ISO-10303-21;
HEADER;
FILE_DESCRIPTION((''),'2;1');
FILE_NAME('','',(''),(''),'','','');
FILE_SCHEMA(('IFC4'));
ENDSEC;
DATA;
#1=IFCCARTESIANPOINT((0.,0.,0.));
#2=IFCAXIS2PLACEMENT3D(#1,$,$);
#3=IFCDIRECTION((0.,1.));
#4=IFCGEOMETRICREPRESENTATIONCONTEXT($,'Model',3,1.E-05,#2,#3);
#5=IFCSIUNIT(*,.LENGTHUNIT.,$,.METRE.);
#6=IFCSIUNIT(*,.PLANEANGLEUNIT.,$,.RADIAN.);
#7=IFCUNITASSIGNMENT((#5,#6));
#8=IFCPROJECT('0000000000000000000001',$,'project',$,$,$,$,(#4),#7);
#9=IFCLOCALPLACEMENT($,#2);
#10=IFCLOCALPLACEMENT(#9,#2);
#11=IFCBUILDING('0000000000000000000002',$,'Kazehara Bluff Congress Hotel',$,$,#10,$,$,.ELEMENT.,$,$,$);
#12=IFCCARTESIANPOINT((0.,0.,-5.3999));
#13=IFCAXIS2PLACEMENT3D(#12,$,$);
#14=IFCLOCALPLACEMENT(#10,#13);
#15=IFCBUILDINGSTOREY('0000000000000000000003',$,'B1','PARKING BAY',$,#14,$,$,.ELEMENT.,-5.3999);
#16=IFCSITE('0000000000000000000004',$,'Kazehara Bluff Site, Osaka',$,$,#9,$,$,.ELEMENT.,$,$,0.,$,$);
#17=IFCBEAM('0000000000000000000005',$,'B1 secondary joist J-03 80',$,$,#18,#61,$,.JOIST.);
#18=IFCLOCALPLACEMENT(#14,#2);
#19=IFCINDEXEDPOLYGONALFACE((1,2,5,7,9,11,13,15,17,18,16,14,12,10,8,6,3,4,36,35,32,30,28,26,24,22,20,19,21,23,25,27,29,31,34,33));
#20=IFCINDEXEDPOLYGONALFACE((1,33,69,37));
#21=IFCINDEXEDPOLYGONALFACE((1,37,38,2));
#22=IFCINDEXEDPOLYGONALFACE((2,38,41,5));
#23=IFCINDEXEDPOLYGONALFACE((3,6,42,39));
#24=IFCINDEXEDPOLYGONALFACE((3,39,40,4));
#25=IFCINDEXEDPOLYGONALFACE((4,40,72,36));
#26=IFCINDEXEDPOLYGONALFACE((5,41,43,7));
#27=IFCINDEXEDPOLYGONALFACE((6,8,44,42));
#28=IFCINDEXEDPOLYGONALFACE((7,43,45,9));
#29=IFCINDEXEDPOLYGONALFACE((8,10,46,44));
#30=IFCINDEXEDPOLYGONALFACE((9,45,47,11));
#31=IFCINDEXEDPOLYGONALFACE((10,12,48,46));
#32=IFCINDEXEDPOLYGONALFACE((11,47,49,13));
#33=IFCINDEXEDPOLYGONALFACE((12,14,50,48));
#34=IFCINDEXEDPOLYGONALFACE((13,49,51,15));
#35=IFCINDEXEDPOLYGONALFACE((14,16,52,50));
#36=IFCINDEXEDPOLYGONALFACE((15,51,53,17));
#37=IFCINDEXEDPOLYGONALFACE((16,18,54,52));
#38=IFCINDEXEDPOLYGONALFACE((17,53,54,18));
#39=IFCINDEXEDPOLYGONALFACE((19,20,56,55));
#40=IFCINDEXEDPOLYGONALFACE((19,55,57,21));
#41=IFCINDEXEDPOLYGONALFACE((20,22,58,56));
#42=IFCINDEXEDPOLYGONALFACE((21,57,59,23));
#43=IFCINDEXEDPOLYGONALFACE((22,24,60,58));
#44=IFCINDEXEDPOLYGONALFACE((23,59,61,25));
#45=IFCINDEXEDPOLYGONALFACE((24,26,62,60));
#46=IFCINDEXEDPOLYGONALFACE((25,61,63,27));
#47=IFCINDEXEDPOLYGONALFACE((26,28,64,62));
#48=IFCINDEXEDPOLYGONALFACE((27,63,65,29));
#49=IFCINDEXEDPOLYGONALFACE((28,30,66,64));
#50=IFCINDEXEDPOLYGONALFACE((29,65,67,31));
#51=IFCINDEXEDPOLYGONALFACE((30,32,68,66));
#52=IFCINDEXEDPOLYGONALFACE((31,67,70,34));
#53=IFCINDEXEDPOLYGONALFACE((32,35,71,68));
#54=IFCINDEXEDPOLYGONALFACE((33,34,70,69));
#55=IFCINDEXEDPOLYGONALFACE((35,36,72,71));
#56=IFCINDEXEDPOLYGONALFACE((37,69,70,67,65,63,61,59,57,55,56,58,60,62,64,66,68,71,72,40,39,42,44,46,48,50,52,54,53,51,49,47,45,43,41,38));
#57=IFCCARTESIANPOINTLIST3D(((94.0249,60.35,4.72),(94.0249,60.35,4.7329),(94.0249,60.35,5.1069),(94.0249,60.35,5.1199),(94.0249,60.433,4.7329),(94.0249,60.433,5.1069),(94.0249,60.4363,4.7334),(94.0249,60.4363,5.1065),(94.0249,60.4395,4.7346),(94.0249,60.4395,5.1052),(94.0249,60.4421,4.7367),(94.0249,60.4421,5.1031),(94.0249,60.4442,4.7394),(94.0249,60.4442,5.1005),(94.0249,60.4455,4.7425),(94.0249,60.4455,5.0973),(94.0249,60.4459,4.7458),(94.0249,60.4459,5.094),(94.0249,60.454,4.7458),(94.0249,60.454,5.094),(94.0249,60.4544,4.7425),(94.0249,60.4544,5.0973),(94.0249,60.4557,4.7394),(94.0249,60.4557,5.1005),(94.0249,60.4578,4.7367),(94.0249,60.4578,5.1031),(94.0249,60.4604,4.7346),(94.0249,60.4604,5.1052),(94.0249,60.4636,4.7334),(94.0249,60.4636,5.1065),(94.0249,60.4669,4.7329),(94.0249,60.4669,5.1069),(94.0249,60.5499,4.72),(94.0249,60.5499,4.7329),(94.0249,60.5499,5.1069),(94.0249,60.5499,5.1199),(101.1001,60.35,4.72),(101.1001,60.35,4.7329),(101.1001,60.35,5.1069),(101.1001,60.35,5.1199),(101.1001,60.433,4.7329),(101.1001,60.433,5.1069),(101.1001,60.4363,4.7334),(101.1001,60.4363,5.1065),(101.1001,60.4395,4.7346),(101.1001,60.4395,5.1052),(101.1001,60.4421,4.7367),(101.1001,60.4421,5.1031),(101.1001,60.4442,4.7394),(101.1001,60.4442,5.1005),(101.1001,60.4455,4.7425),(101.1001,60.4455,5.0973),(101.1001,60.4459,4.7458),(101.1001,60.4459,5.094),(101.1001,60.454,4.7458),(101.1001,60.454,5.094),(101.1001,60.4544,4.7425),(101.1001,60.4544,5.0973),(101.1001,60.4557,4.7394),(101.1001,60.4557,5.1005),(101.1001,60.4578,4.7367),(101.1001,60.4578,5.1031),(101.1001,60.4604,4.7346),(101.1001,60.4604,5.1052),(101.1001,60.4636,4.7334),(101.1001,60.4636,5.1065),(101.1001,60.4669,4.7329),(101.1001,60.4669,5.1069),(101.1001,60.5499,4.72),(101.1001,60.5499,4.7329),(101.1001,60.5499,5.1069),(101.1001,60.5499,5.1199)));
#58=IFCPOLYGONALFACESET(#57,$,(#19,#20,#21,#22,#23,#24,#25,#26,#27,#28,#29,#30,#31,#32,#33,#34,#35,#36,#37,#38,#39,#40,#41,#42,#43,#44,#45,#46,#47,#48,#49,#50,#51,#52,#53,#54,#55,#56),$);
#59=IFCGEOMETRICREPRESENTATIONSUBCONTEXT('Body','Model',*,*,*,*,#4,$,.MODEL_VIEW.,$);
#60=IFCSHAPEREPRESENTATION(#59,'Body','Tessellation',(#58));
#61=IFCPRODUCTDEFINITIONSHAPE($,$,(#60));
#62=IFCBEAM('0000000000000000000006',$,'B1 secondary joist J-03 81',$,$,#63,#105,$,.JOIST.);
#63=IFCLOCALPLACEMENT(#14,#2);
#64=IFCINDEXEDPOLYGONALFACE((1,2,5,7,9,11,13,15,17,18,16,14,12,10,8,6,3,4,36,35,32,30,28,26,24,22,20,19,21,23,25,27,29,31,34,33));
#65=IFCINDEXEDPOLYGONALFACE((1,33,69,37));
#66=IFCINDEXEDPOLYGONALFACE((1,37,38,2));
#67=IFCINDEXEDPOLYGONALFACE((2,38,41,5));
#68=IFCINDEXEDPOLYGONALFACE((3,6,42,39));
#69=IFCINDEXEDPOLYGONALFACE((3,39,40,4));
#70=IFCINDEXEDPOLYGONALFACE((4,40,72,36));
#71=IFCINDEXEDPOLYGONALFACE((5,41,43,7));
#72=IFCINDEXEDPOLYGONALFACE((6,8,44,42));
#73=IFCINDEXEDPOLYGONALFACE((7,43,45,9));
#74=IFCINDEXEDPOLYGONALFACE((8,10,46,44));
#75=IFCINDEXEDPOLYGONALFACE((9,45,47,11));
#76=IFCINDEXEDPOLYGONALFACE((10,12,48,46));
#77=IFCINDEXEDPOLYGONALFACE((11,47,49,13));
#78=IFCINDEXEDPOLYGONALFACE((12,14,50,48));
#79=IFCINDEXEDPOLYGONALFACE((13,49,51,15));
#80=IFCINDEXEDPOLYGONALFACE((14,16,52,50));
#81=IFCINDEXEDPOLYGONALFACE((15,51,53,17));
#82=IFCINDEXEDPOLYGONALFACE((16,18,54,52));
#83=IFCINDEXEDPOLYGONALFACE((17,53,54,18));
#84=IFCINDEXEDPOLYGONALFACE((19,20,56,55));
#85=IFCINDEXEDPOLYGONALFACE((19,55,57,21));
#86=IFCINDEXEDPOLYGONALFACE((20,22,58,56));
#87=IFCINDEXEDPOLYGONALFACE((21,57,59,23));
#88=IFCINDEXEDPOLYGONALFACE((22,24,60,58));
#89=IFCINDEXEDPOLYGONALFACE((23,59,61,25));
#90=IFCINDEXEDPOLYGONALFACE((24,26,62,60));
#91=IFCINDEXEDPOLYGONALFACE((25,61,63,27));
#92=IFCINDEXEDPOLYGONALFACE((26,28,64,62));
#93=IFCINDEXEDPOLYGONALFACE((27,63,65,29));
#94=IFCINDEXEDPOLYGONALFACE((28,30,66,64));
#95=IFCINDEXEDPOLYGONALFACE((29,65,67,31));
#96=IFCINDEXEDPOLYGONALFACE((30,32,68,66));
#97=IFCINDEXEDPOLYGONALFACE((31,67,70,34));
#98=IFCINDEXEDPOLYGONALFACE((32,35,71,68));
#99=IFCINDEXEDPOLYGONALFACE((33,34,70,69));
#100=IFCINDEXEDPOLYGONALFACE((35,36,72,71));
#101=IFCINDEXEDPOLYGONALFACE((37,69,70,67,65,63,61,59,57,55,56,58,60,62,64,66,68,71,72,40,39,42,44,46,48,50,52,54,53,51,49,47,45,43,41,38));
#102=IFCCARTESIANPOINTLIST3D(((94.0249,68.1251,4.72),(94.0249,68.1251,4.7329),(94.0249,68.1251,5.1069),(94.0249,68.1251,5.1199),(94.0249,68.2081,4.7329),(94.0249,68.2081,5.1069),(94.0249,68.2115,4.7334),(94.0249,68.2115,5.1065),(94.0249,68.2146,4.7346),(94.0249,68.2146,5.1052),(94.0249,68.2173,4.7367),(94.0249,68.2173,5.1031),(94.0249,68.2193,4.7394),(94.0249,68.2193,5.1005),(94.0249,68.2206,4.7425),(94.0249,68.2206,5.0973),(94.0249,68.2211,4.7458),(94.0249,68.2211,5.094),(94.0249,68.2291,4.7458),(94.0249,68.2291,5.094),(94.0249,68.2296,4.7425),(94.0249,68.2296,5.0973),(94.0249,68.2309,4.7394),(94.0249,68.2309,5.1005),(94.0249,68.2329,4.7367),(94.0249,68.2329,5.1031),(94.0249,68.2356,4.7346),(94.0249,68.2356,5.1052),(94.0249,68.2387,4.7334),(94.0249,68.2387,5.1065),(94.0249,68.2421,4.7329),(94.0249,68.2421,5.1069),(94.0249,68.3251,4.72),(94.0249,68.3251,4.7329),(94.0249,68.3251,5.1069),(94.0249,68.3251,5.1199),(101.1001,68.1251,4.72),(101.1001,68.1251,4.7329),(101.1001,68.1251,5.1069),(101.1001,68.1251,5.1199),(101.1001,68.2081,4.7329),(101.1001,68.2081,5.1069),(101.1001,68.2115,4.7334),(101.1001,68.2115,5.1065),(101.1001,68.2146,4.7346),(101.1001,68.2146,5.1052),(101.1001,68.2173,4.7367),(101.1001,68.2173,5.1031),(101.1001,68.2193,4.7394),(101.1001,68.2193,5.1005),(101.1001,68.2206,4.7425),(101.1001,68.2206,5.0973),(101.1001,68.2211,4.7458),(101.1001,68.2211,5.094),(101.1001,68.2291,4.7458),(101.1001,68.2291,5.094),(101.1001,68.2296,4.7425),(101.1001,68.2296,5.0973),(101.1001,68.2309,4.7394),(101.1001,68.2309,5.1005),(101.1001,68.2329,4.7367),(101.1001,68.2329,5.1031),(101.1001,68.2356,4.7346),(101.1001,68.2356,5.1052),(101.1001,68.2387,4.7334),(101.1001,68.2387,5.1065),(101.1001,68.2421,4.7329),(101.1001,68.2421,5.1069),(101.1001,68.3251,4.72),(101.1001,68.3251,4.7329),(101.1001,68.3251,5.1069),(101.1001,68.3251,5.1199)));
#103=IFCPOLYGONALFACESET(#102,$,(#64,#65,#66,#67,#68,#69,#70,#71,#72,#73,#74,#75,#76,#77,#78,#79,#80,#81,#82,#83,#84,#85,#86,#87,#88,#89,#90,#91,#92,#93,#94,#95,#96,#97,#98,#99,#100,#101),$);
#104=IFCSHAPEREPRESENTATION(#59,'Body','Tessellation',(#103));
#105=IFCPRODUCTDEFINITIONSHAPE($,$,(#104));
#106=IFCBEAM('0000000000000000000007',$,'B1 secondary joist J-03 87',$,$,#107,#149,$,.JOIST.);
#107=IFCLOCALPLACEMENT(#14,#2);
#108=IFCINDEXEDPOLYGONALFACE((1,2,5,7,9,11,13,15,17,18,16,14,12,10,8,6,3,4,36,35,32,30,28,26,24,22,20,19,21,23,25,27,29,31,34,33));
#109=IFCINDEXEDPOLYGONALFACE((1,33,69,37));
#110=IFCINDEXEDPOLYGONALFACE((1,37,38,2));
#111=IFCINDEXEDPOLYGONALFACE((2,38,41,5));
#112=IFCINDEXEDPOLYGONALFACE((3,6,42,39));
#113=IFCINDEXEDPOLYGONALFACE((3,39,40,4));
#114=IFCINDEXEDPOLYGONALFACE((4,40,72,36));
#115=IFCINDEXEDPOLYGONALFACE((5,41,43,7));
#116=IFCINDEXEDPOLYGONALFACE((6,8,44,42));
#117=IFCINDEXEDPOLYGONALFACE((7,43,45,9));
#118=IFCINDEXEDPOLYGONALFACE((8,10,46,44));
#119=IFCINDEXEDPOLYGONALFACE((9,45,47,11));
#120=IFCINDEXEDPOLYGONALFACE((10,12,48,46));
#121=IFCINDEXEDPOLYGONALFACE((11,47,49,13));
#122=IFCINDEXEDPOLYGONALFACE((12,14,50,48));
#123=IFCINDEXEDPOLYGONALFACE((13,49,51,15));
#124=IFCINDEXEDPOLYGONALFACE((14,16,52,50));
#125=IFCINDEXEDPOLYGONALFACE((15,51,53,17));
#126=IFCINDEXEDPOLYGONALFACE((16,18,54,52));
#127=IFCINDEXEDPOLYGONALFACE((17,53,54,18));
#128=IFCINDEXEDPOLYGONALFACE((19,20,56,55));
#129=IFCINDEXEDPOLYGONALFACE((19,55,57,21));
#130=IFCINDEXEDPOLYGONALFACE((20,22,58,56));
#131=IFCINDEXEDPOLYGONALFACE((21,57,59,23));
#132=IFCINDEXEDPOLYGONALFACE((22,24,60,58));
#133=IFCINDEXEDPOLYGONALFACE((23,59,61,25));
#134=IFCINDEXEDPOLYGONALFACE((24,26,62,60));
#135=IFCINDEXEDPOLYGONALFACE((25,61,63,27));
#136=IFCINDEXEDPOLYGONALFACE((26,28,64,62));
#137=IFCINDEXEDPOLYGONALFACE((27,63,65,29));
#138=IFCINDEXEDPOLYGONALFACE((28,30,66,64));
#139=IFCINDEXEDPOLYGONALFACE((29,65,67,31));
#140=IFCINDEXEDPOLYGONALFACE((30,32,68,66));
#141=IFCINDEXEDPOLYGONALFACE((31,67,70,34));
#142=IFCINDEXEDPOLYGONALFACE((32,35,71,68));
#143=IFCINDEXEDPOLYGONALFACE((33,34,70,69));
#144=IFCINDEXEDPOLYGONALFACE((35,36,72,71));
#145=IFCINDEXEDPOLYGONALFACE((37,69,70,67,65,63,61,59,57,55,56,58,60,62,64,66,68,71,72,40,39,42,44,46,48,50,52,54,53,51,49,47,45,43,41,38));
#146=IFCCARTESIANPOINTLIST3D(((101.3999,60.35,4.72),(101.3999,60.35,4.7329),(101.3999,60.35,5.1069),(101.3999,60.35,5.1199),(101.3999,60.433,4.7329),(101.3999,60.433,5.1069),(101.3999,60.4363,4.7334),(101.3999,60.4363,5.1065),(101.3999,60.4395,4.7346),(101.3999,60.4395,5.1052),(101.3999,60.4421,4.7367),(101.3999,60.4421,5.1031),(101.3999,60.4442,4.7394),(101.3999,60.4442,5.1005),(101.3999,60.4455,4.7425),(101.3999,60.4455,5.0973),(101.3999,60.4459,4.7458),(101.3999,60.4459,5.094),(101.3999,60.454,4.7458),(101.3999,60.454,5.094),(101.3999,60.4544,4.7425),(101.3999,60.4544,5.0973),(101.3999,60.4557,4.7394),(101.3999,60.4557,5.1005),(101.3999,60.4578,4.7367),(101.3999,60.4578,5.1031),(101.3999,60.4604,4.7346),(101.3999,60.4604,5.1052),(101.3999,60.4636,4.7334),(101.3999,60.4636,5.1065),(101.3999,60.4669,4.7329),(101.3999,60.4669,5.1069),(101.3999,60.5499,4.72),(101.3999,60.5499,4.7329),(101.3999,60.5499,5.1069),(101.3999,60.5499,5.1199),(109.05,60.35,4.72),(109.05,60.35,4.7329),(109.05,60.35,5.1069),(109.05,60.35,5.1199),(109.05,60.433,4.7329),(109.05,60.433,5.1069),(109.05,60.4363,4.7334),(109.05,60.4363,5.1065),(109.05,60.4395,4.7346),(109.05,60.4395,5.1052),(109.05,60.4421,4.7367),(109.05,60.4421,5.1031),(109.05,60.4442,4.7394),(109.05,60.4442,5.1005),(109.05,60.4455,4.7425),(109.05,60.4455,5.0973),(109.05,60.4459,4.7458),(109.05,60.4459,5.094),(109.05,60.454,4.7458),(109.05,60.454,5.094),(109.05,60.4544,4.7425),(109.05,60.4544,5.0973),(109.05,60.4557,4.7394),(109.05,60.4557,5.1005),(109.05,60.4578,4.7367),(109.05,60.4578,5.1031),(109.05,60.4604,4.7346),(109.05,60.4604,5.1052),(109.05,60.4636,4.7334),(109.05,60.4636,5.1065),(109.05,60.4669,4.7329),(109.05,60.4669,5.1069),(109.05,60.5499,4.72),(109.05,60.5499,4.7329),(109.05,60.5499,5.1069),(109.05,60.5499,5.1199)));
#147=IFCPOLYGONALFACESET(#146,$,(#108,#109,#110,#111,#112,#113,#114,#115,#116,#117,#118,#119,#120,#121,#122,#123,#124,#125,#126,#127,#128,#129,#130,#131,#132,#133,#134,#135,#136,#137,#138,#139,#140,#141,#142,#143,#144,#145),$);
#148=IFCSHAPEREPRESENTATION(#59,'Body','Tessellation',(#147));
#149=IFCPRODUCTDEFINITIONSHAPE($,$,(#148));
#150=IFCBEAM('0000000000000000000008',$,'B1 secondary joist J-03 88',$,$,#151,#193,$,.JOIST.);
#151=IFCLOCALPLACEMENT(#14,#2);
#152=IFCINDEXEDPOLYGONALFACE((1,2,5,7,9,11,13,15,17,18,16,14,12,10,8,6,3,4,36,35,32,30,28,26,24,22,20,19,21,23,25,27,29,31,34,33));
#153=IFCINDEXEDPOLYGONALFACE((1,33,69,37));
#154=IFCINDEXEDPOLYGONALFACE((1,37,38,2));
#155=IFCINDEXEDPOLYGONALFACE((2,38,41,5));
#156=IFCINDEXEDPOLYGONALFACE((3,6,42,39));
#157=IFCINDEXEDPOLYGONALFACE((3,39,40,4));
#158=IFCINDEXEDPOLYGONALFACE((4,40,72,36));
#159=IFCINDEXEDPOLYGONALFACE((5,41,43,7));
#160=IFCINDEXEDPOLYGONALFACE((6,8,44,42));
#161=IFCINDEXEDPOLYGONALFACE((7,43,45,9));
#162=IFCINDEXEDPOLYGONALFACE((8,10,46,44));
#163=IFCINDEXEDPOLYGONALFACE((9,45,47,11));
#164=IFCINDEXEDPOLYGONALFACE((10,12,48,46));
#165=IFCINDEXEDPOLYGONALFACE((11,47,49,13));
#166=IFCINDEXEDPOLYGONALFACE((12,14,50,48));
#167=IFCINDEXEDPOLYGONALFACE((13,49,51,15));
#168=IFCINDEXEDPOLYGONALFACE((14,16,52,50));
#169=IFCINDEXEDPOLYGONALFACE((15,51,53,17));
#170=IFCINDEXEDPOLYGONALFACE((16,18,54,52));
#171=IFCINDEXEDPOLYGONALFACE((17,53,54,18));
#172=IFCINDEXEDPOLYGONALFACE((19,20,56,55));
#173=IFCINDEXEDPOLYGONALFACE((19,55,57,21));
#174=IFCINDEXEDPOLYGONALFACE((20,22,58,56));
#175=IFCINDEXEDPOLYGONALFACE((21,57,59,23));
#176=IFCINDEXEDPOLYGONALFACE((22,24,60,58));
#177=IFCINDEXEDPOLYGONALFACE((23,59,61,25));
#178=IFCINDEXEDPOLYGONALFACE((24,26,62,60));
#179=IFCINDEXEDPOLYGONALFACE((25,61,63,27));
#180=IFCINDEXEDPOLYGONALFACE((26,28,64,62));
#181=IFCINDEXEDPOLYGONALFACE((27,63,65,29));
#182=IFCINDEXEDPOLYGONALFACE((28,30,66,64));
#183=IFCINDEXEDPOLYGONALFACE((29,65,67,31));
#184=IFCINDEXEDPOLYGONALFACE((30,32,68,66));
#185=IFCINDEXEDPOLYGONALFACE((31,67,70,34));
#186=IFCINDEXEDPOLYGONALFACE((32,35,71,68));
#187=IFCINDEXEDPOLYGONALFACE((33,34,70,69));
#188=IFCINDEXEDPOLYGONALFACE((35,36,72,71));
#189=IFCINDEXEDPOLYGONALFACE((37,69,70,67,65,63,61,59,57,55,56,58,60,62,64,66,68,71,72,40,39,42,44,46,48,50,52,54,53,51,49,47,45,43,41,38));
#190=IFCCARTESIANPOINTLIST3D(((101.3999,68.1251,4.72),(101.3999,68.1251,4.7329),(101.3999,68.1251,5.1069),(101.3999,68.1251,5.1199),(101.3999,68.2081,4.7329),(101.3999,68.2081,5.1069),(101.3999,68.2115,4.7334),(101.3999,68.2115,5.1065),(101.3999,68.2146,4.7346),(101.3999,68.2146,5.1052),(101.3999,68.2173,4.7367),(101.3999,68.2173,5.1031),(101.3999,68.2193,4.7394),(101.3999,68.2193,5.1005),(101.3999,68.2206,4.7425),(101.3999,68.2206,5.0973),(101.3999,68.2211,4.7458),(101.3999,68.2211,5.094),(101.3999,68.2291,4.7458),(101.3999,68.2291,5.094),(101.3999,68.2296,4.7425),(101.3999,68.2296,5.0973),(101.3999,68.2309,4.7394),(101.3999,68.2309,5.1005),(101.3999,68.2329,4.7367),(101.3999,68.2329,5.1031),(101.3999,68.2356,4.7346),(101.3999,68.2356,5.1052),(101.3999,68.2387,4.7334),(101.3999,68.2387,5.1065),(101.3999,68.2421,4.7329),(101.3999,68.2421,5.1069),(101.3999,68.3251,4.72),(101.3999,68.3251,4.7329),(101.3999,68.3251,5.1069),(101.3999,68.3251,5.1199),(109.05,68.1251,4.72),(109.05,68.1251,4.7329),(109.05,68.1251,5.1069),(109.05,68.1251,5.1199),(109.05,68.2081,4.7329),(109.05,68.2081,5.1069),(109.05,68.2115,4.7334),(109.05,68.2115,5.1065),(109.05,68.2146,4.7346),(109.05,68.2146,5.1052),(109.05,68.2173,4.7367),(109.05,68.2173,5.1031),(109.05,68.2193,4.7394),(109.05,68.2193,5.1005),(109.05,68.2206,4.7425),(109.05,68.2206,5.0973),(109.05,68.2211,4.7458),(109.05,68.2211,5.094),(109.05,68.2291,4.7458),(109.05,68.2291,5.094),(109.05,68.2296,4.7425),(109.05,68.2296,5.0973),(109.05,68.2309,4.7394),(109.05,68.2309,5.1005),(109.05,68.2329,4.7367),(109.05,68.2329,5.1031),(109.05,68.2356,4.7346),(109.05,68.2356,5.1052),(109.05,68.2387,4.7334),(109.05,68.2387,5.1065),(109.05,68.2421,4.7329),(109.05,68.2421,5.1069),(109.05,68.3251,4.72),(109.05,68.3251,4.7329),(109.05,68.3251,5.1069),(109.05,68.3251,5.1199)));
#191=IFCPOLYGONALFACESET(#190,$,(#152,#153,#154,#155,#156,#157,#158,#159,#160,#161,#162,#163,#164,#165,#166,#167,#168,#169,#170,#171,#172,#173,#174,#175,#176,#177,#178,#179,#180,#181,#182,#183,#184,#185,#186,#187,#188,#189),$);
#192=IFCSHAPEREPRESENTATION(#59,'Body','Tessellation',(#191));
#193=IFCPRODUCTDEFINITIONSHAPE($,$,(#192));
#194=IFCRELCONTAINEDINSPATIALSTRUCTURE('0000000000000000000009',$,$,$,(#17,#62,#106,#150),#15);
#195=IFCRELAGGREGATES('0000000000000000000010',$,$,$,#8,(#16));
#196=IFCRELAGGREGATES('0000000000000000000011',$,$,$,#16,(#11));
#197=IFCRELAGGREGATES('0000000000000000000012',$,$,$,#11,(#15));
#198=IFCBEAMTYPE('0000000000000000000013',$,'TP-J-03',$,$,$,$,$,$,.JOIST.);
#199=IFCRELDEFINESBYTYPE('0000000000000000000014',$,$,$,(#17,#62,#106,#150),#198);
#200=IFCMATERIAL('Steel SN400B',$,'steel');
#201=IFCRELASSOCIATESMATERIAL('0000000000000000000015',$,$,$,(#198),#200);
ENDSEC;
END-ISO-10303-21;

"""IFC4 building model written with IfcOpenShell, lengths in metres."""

from ifc_helpers import new_model, si_unit, direction, frame, origin, origin_2d, place, context, subcontext, project, spatial, i_section, extrude, material, material_profile, profile_set, type_object, element, save


model = new_model("IFC4")

# Units and contexts
model_context = context("Model", 3, precision=1e-05, world=origin(), true_north=direction((0.0, 1.0)))
body_context = subcontext(model_context, "Body", "Model", "MODEL_VIEW")
ifc_project = project(units=[si_unit("LENGTHUNIT", "METRE"), si_unit("PLANEANGLEUNIT", "RADIAN")], contexts=[model_context])

# Site, building, storey
site_placement = place(None, origin())
site = spatial("IfcSite", under=ifc_project, at=site_placement, Name="Kazehara Bluff Site, Osaka", CompositionType="ELEMENT", RefElevation=0.0)
building_placement = place(site_placement, origin())
building = spatial("IfcBuilding", under=site, at=building_placement, Name="Kazehara Bluff Congress Hotel", CompositionType="ELEMENT")
storey_placement = place(building_placement, frame((0.0, 0.0, -5.3999)))
storey = spatial("IfcBuildingStorey", under=building, at=storey_placement, Name="B1", Description="PARKING BAY", CompositionType="ELEMENT", Elevation=-5.3999)

# Beams
ifc_material_1 = material(Name="Steel SN400B", Category="steel")
ifc_material_profile_1 = material_profile(ifc_material_1, i_section(OverallWidth=0.2, OverallDepth=0.3999, WebThickness=0.0081, FlangeThickness=0.0129, FilletRadius=0.0129, at=origin_2d()))
ifc_profile_set_1 = profile_set([ifc_material_profile_1], Name="Steel SN400B")
beam_type_1 = type_object("IfcBeamType", Name="TP-J-03", PredefinedType="JOIST", material=ifc_profile_set_1)
for number, where, z_axis, x_axis, name in (
    (1, (94.0249, 60.45, 4.9199), (1.0, 0.0, 0.0), (0.0, 1.0, 0.0), "B1 secondary joist J-03 80"),
    (2, (94.0249, 68.2251, 4.9199), (1.0, 0.0, 0.0), (0.0, 1.0, 0.0), "B1 secondary joist J-03 81"),
):
    element("IfcBeam", number, at=place(storey_placement, frame(where, z_axis=z_axis, x_axis=x_axis)), inside=storey, type_object=beam_type_1, Name=name, PredefinedType="JOIST", context=body_context, shape_type="SweptSolid", body=[
        extrude(i_section(OverallWidth=0.2, OverallDepth=0.3999, WebThickness=0.0081, FlangeThickness=0.0129, FilletRadius=0.0129, at=origin_2d()), origin(), (0.0, 0.0, 1.0), 7.0752),
    ])
for number, where, z_axis, x_axis, name in (
    (3, (101.3999, 60.45, 4.9199), (1.0, 0.0, 0.0), (0.0, 1.0, 0.0), "B1 secondary joist J-03 87"),
    (4, (101.3999, 68.2251, 4.9199), (1.0, 0.0, 0.0), (0.0, 1.0, 0.0), "B1 secondary joist J-03 88"),
):
    element("IfcBeam", number, at=place(storey_placement, frame(where, z_axis=z_axis, x_axis=x_axis)), inside=storey, type_object=beam_type_1, Name=name, PredefinedType="JOIST", context=body_context, shape_type="SweptSolid", body=[
        extrude(i_section(OverallWidth=0.2, OverallDepth=0.3999, WebThickness=0.0081, FlangeThickness=0.0129, FilletRadius=0.0129, at=origin_2d()), origin(), (0.0, 0.0, 1.0), 7.6501),
    ])

save(model, "model.ifc")
